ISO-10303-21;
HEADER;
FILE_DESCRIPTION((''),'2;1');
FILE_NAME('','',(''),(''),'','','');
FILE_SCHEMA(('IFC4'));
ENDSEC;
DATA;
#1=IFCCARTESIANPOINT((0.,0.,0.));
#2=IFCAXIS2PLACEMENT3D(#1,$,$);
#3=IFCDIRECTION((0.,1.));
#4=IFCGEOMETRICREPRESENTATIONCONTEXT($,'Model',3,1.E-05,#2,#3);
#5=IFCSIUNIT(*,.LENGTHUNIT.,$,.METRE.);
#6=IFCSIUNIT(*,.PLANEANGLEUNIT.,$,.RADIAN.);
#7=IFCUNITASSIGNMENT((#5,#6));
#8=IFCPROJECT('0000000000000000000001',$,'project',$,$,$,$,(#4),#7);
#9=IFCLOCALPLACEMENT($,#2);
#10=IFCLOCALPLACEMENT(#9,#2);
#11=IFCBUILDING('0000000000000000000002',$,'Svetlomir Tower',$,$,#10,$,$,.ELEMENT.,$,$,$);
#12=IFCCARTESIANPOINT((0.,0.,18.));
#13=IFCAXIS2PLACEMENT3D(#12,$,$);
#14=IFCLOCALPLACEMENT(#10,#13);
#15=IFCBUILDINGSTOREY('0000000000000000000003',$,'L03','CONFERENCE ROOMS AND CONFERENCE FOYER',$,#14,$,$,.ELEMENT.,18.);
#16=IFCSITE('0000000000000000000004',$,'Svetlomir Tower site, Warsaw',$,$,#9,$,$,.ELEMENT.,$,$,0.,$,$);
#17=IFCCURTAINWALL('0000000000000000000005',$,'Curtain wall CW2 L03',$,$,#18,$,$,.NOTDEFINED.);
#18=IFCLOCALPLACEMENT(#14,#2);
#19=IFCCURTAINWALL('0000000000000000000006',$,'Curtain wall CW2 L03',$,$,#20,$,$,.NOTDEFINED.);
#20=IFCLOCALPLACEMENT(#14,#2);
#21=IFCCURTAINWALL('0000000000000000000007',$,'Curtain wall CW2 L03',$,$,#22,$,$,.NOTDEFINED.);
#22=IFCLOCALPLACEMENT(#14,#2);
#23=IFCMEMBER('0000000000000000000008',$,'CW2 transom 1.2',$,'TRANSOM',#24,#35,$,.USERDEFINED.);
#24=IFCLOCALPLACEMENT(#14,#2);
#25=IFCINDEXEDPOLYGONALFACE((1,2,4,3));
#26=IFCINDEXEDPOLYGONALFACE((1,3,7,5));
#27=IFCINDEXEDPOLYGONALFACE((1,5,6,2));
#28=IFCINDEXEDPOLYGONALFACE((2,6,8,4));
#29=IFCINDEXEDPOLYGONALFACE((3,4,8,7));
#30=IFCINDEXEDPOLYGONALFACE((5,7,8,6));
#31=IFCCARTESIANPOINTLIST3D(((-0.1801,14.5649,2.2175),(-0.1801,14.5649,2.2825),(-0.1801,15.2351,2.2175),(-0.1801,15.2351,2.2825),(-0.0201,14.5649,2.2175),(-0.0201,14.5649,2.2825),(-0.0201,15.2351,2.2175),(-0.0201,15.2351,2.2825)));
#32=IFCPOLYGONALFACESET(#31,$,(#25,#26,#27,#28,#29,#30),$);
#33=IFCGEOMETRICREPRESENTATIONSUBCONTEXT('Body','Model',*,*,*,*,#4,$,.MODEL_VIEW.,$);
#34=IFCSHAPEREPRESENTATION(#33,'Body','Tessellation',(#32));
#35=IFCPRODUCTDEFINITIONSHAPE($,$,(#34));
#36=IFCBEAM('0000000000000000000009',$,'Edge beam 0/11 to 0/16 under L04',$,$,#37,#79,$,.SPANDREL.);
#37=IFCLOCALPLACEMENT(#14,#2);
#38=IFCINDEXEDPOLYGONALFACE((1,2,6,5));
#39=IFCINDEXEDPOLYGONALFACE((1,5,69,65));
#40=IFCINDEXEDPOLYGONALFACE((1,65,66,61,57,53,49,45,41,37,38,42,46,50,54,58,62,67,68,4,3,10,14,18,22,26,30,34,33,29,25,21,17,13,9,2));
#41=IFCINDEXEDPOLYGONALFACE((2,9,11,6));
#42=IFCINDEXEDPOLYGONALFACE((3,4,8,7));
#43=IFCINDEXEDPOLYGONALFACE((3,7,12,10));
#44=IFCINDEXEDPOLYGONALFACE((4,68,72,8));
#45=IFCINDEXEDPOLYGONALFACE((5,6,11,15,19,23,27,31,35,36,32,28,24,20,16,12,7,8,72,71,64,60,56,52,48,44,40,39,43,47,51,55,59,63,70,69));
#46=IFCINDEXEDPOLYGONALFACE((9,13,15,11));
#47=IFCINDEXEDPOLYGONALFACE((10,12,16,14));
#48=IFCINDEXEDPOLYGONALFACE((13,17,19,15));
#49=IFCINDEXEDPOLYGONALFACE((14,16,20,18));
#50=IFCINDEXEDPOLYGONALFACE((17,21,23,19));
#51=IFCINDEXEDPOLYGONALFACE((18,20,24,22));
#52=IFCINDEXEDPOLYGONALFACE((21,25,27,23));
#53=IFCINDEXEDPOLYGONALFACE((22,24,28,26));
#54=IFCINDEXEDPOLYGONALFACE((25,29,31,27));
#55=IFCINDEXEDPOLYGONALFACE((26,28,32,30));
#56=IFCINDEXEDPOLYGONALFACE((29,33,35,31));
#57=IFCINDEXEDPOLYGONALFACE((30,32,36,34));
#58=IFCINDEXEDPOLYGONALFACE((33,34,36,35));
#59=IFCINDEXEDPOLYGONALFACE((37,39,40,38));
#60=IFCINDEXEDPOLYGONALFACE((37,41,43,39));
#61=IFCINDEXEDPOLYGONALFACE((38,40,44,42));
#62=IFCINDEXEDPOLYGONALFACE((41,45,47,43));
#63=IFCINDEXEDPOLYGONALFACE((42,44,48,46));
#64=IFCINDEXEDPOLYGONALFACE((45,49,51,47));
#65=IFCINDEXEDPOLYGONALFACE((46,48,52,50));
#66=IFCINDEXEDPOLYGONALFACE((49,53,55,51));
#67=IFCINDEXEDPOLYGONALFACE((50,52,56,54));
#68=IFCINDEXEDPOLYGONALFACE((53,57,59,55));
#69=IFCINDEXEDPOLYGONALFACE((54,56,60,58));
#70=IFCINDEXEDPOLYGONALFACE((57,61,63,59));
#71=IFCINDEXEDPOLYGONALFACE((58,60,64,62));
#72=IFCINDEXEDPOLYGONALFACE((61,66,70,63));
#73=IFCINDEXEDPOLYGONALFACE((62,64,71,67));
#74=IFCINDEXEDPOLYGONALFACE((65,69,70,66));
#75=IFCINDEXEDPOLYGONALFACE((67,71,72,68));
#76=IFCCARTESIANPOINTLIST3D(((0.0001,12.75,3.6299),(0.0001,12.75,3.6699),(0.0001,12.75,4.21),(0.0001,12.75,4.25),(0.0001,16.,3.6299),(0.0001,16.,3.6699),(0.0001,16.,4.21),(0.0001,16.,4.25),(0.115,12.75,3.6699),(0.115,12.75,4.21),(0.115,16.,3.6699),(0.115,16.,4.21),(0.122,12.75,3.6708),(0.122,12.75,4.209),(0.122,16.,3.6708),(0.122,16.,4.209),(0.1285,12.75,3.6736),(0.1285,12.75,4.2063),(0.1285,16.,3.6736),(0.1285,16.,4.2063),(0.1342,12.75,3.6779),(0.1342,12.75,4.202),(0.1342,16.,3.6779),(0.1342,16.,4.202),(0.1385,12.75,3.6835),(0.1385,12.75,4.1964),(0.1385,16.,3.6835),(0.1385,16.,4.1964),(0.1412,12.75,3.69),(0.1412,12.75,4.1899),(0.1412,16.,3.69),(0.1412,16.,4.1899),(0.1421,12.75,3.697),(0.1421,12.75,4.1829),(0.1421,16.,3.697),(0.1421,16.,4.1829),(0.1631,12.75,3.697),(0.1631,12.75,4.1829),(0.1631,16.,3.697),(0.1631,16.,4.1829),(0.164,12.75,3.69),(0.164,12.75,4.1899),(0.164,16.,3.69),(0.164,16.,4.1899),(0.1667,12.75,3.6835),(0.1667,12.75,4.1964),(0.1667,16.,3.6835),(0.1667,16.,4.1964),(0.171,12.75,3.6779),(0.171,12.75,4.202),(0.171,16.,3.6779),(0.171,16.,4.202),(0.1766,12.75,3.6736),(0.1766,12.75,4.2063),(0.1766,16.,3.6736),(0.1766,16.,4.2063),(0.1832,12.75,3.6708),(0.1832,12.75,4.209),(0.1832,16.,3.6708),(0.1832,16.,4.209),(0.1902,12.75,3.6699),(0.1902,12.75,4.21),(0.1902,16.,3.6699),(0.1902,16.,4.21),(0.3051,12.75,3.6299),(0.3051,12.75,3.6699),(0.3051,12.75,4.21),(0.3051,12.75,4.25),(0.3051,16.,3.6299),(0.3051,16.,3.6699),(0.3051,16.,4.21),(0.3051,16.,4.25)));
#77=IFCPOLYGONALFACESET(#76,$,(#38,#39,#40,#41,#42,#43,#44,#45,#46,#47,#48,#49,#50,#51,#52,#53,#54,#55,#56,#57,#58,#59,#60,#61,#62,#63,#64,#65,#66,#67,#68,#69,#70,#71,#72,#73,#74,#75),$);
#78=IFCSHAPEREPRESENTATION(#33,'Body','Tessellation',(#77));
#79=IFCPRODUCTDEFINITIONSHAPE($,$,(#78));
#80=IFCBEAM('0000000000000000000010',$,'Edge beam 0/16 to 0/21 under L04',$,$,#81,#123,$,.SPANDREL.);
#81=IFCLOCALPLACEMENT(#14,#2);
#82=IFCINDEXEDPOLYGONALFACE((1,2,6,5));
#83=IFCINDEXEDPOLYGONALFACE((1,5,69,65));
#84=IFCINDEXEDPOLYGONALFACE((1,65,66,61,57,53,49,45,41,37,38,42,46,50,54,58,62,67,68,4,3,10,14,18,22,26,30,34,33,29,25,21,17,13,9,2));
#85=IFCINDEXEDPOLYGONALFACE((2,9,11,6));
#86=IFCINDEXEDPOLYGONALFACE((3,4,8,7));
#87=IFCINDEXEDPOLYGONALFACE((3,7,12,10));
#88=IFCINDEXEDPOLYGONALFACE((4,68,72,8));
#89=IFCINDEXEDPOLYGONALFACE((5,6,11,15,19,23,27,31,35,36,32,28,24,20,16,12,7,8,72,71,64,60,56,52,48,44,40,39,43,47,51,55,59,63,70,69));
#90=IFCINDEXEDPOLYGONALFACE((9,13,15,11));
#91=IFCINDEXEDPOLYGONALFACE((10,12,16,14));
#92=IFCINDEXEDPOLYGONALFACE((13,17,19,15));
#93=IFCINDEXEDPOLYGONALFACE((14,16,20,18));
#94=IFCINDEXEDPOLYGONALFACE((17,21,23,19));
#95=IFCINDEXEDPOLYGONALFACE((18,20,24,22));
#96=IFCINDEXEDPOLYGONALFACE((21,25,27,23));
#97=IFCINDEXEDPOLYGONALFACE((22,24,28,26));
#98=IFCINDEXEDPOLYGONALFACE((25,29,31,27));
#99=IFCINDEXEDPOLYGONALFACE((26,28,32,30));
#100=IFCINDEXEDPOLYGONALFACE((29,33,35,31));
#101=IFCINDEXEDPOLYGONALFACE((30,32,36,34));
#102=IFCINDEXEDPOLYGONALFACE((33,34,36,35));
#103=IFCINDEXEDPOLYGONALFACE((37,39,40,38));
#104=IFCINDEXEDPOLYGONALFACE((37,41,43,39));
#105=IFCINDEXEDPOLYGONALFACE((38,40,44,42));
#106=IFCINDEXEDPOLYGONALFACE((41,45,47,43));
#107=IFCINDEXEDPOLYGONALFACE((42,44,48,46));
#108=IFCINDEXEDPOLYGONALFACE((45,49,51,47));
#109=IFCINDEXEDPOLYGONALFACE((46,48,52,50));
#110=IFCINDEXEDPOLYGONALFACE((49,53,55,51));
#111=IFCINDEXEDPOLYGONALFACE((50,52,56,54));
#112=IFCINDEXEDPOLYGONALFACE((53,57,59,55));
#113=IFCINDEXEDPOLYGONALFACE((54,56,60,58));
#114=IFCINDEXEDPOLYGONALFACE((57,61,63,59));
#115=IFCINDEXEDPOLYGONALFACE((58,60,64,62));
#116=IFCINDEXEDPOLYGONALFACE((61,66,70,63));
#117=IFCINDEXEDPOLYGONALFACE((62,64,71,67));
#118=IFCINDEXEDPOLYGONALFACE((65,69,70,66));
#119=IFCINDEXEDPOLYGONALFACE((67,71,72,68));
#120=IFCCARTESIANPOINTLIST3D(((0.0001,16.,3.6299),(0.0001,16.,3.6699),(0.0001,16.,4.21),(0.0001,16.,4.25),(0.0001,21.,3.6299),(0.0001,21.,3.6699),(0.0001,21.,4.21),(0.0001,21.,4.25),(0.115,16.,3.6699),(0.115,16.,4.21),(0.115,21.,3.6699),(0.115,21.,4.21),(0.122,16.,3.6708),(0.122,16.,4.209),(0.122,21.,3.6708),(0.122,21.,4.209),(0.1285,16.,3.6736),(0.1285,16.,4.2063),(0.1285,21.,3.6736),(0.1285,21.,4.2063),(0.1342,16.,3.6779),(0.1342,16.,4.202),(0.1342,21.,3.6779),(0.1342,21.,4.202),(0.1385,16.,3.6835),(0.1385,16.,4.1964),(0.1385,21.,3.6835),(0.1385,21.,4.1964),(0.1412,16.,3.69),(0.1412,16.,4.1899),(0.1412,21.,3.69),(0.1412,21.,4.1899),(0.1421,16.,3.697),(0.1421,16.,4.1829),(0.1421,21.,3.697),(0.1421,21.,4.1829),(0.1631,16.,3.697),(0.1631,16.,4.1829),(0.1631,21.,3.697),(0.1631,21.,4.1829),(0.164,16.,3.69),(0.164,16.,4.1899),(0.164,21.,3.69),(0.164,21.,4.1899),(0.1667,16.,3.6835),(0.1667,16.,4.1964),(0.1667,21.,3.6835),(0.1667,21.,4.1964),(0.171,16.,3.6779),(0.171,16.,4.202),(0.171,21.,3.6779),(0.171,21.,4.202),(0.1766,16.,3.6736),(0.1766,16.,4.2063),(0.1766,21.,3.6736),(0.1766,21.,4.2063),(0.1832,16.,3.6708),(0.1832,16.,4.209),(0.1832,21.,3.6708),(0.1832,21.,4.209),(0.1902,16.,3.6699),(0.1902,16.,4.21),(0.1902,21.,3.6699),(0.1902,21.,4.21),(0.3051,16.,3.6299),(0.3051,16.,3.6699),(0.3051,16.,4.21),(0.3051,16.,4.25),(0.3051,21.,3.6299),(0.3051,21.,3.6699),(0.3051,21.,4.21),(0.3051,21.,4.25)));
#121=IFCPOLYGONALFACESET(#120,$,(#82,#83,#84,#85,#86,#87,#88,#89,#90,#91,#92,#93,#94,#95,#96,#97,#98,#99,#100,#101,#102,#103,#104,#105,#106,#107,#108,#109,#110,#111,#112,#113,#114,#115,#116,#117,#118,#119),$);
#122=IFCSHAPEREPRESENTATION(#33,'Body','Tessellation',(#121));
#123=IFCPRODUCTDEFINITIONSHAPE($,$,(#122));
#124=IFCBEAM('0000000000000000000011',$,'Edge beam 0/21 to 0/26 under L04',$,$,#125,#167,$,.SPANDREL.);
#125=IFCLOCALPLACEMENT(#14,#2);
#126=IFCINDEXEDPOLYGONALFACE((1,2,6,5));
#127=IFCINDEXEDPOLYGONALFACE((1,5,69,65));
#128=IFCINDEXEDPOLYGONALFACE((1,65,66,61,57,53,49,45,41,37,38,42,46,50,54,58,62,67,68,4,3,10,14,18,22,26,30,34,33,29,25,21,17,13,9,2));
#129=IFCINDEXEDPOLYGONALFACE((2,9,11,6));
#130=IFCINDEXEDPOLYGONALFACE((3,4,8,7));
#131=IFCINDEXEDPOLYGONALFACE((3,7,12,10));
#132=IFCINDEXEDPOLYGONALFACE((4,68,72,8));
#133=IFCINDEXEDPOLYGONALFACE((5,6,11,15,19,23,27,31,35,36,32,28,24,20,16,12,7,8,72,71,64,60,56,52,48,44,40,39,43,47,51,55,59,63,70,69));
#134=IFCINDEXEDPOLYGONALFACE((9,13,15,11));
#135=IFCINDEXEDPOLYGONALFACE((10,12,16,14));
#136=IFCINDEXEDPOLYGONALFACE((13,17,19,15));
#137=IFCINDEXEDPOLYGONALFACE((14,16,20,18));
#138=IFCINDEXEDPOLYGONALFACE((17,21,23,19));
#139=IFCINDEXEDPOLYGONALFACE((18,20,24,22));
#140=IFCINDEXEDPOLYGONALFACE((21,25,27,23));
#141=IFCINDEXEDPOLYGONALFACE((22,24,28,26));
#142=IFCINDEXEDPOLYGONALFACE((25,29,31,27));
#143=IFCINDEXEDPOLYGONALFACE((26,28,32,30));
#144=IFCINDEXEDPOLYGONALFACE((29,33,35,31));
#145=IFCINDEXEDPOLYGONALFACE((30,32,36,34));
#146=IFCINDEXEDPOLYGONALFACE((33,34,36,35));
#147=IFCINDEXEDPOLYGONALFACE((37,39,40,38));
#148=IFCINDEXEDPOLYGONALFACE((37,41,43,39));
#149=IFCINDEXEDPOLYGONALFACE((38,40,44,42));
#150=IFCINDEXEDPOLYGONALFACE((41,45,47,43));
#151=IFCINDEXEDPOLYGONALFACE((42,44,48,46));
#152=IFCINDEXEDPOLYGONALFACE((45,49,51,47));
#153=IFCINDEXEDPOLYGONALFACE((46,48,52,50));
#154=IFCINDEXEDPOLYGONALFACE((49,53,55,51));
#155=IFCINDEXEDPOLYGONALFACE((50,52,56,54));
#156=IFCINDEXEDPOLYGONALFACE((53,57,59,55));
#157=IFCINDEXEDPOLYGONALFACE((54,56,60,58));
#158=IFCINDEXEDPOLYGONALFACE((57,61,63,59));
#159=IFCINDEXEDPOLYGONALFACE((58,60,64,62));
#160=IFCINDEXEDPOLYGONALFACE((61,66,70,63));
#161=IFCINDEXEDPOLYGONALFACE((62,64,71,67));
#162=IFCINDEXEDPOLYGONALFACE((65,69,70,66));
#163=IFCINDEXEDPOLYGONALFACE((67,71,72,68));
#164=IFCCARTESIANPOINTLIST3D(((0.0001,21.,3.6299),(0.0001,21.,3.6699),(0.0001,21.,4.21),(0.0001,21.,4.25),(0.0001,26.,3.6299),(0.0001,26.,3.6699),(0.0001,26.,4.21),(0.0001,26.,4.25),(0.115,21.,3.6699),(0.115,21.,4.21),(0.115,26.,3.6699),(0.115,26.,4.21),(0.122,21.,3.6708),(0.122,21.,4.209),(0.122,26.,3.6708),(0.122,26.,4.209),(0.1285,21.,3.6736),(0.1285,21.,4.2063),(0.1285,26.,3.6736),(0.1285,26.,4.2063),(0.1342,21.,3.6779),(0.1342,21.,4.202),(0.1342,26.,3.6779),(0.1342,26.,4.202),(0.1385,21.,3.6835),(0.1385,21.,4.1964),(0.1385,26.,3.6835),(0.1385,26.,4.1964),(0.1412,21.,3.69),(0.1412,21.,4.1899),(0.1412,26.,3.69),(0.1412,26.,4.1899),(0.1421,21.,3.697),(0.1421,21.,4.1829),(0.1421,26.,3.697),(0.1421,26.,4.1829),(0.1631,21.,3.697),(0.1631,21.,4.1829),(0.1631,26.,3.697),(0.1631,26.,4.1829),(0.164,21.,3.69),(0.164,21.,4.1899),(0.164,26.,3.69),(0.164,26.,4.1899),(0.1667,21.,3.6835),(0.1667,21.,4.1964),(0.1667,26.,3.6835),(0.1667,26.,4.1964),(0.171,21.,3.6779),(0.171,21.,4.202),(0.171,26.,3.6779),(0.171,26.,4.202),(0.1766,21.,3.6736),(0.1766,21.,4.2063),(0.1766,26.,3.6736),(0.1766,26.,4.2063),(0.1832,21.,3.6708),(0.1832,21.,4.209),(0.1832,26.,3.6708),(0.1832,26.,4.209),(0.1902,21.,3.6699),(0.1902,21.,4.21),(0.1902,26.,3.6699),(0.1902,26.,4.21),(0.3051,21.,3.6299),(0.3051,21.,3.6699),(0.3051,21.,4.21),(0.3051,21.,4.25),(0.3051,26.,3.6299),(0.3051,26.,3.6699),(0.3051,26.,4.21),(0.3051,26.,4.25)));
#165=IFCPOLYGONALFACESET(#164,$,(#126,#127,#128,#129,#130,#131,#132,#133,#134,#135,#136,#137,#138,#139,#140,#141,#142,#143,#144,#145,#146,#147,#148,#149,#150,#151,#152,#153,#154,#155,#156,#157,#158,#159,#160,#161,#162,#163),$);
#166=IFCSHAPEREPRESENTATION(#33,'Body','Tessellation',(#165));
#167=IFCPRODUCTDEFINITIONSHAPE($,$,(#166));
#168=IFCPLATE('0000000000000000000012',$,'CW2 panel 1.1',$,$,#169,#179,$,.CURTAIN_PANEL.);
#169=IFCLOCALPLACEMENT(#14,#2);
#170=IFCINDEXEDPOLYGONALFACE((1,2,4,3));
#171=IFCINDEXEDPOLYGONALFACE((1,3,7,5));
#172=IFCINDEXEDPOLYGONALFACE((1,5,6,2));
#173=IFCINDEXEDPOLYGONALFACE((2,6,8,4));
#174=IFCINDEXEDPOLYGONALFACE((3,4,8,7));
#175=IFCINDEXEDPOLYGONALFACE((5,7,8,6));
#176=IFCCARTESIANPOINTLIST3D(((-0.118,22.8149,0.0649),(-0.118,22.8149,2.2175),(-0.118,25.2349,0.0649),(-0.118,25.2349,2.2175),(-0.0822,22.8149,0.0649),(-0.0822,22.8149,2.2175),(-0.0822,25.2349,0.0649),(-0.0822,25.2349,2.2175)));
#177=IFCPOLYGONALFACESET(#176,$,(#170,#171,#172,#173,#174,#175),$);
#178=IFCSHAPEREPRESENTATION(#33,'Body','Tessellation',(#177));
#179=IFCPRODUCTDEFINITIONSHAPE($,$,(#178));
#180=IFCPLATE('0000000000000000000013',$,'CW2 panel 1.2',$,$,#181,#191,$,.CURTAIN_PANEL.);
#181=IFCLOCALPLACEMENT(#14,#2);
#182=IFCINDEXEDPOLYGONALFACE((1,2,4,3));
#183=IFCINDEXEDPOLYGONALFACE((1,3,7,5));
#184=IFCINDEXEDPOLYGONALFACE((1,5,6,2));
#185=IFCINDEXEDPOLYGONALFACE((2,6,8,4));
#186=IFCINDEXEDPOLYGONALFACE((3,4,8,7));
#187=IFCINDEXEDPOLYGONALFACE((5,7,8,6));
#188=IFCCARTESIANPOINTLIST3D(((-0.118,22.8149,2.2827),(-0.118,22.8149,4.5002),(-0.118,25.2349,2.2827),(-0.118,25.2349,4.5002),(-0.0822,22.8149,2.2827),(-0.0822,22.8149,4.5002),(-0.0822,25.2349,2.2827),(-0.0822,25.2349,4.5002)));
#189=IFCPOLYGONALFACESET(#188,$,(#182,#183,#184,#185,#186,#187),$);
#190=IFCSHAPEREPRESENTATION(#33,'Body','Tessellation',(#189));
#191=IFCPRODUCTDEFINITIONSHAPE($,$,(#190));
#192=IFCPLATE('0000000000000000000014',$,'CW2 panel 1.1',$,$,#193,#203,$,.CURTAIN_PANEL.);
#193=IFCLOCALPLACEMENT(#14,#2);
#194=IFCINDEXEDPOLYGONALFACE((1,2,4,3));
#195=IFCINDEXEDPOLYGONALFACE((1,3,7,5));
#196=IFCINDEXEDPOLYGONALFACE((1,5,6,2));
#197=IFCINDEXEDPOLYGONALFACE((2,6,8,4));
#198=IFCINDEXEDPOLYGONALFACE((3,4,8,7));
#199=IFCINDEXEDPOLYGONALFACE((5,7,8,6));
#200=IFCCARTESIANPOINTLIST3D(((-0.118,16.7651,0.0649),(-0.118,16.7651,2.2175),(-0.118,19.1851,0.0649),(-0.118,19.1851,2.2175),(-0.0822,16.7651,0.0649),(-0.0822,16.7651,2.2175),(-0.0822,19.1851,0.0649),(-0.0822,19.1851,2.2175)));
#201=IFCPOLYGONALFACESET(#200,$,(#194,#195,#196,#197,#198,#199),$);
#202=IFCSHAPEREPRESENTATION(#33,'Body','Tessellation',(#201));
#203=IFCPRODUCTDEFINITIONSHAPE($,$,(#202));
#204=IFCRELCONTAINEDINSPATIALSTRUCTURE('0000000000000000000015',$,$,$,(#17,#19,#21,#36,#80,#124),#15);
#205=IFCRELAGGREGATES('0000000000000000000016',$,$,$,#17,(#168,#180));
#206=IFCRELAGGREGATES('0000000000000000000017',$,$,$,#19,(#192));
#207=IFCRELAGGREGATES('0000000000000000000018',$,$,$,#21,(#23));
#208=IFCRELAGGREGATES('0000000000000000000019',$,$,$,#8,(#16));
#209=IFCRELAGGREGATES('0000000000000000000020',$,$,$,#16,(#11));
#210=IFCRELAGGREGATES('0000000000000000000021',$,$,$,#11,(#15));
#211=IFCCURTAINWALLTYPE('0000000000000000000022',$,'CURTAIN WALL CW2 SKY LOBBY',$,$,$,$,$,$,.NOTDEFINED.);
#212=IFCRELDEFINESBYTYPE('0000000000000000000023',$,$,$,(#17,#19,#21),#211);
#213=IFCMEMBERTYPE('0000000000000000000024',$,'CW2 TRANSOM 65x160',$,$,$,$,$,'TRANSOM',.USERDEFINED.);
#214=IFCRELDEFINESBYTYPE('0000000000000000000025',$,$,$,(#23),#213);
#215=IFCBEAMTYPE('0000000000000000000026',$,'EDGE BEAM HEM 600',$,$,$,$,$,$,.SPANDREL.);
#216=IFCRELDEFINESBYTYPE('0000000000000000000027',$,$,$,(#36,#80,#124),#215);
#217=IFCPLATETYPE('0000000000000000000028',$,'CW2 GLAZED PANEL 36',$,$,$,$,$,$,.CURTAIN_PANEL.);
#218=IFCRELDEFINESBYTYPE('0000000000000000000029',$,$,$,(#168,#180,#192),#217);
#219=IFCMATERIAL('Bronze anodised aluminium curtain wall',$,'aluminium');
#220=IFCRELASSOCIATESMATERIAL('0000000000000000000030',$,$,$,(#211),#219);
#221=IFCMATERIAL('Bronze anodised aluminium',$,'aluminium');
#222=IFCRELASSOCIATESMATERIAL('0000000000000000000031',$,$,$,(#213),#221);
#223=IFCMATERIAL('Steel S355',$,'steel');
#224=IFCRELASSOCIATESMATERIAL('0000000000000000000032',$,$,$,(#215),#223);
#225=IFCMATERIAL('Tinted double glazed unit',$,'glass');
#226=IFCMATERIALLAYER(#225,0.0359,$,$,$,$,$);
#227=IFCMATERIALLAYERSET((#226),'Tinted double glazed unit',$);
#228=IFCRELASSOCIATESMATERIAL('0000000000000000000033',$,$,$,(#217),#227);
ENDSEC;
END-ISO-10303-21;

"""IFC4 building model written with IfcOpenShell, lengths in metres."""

from ifc_helpers import new_model, si_unit, direction, frame, origin, origin_2d, place, context, subcontext, project, spatial, rectangle, i_section, extrude, material, layer, layer_set, material_profile, profile_set, type_object, element, aggregate, save


model = new_model("IFC4")

# Units and contexts
model_context = context("Model", 3, precision=1e-05, world=origin(), true_north=direction((0.0, 1.0)))
body_context = subcontext(model_context, "Body", "Model", "MODEL_VIEW")
ifc_project = project(units=[si_unit("LENGTHUNIT", "METRE"), si_unit("PLANEANGLEUNIT", "RADIAN")], contexts=[model_context])

# Site, building, storey
site_placement = place(None, origin())
site = spatial("IfcSite", under=ifc_project, at=site_placement, Name="Svetlomir Tower site, Warsaw", CompositionType="ELEMENT", RefElevation=0.0)
building_placement = place(site_placement, origin())
building = spatial("IfcBuilding", under=site, at=building_placement, Name="Svetlomir Tower", CompositionType="ELEMENT")
storey_placement = place(building_placement, frame((0.0, 0.0, 18.0)))
storey = spatial("IfcBuildingStorey", under=building, at=storey_placement, Name="L03", Description="CONFERENCE ROOMS AND CONFERENCE FOYER", CompositionType="ELEMENT", Elevation=18.0)

# Curtain walls
ifc_material_1 = material(Name="Bronze anodised aluminium curtain wall", Category="aluminium")
curtain_wall_type = type_object("IfcCurtainWallType", Name="CURTAIN WALL CW2 SKY LOBBY", PredefinedType="NOTDEFINED", material=ifc_material_1)
curtain_wall_1_placement = place(storey_placement, origin())
curtain_wall_1 = element("IfcCurtainWall", 1, at=curtain_wall_1_placement, inside=storey, type_object=curtain_wall_type, Name="Curtain wall CW2 L03", PredefinedType="NOTDEFINED")
curtain_wall_2_placement = place(storey_placement, origin())
curtain_wall_2 = element("IfcCurtainWall", 2, at=curtain_wall_2_placement, inside=storey, type_object=curtain_wall_type, Name="Curtain wall CW2 L03", PredefinedType="NOTDEFINED")
curtain_wall_3_placement = place(storey_placement, origin())
curtain_wall_3 = element("IfcCurtainWall", 3, at=curtain_wall_3_placement, inside=storey, type_object=curtain_wall_type, Name="Curtain wall CW2 L03", PredefinedType="NOTDEFINED")

# Member
ifc_material_2 = material(Name="Bronze anodised aluminium", Category="aluminium")
ifc_material_profile_1 = material_profile(ifc_material_2, rectangle(XDim=0.1599, YDim=0.0649, at=origin_2d()), Name="AL 160x65")
ifc_profile_set_1 = profile_set([ifc_material_profile_1], Name="Bronze anodised aluminium 6063-T6")
member_type_1 = type_object("IfcMemberType", Name="CW2 TRANSOM 65x160", ElementType="TRANSOM", PredefinedType="USERDEFINED", material=ifc_profile_set_1)
member_1_placement = place(storey_placement, frame((-0.1001, 15.2351, 2.25), z_axis=(0.0, -1.0, 0.0), x_axis=(1.0, 0.0, 0.0)))
member_1 = element("IfcMember", 4, at=member_1_placement, type_object=member_type_1, Name="CW2 transom 1.2", ObjectType="TRANSOM", PredefinedType="USERDEFINED", context=body_context, shape_type="SweptSolid", body=[
    extrude(rectangle(XDim=0.1599, YDim=0.0649, at=origin_2d()), origin(), (0.0, 0.0, 1.0), 0.6702),
])

# Beams
ifc_material_3 = material(Name="Steel S355", Category="steel")
ifc_material_profile_2 = material_profile(ifc_material_3, i_section(OverallWidth=0.3049, OverallDepth=0.6201, WebThickness=0.021, FlangeThickness=0.04, FilletRadius=0.0271, at=origin_2d()), Name="HEM 600")
ifc_profile_set_2 = profile_set([ifc_material_profile_2], Name="Steel S355")
beam_type = type_object("IfcBeamType", Name="EDGE BEAM HEM 600", PredefinedType="SPANDREL", material=ifc_profile_set_2)
beam_placement = place(storey_placement, frame((0.1526, 12.75, 3.9399), z_axis=(0.0, 1.0, 0.0), x_axis=(-1.0, 0.0, 0.0)))
element("IfcBeam", 5, at=beam_placement, inside=storey, type_object=beam_type, Name="Edge beam 0/11 to 0/16 under L04", PredefinedType="SPANDREL", context=body_context, shape_type="SweptSolid", body=[
    extrude(i_section(OverallWidth=0.3049, OverallDepth=0.6201, WebThickness=0.021, FlangeThickness=0.04, FilletRadius=0.0271, at=origin_2d()), origin(), (0.0, 0.0, 1.0), 3.25),
])
for number, where, z_axis, x_axis, name in (
    (6, (0.1526, 16.0, 3.9399), (0.0, 1.0, 0.0), (-1.0, 0.0, 0.0), "Edge beam 0/16 to 0/21 under L04"),
    (7, (0.1526, 21.0, 3.9399), (0.0, 1.0, 0.0), (-1.0, 0.0, 0.0), "Edge beam 0/21 to 0/26 under L04"),
):
    element("IfcBeam", number, at=place(storey_placement, frame(where, z_axis=z_axis, x_axis=x_axis)), inside=storey, type_object=beam_type, Name=name, PredefinedType="SPANDREL", context=body_context, shape_type="SweptSolid", body=[
        extrude(i_section(OverallWidth=0.3049, OverallDepth=0.6201, WebThickness=0.021, FlangeThickness=0.04, FilletRadius=0.0271, at=origin_2d()), origin(), (0.0, 0.0, 1.0), 5.0),
    ])

# Plates
ifc_material_4 = material(Name="Tinted double glazed unit", Category="glass")
ifc_layer_1 = layer(ifc_material_4, 0.0359)
ifc_layer_set_1 = layer_set([ifc_layer_1], Name="Tinted double glazed unit")
plate_type = type_object("IfcPlateType", Name="CW2 GLAZED PANEL 36", PredefinedType="CURTAIN_PANEL", material=ifc_layer_set_1)
plate_1_placement = place(storey_placement, frame((-0.1001, 24.0249, 0.0649), z_axis=(0.0, 0.0, 1.0), x_axis=(0.0, -1.0, 0.0)))
plate_1 = element("IfcPlate", 8, at=plate_1_placement, type_object=plate_type, Name="CW2 panel 1.1", PredefinedType="CURTAIN_PANEL", context=body_context, shape_type="SweptSolid", body=[
    extrude(rectangle(XDim=2.4199, YDim=0.0359, at=origin_2d()), origin(), (0.0, 0.0, 1.0), 2.1526),
])
plate_2_placement = place(storey_placement, frame((-0.1001, 24.0249, 2.2827), z_axis=(0.0, 0.0, 1.0), x_axis=(0.0, -1.0, 0.0)))
plate_2 = element("IfcPlate", 9, at=plate_2_placement, type_object=plate_type, Name="CW2 panel 1.2", PredefinedType="CURTAIN_PANEL", context=body_context, shape_type="SweptSolid", body=[
    extrude(rectangle(XDim=2.4199, YDim=0.0359, at=origin_2d()), origin(), (0.0, 0.0, 1.0), 2.2175),
])
aggregate(curtain_wall_1, [plate_1, plate_2])
plate_3_placement = place(storey_placement, frame((-0.1001, 17.9751, 0.0649), z_axis=(0.0, 0.0, 1.0), x_axis=(0.0, -1.0, 0.0)))
plate_3 = element("IfcPlate", 10, at=plate_3_placement, type_object=plate_type, Name="CW2 panel 1.1", PredefinedType="CURTAIN_PANEL", context=body_context, shape_type="SweptSolid", body=[
    extrude(rectangle(XDim=2.4199, YDim=0.0359, at=origin_2d()), origin(), (0.0, 0.0, 1.0), 2.1526),
])
aggregate(curtain_wall_2, [plate_3])
aggregate(curtain_wall_3, [member_1])

save(model, "model.ifc")
